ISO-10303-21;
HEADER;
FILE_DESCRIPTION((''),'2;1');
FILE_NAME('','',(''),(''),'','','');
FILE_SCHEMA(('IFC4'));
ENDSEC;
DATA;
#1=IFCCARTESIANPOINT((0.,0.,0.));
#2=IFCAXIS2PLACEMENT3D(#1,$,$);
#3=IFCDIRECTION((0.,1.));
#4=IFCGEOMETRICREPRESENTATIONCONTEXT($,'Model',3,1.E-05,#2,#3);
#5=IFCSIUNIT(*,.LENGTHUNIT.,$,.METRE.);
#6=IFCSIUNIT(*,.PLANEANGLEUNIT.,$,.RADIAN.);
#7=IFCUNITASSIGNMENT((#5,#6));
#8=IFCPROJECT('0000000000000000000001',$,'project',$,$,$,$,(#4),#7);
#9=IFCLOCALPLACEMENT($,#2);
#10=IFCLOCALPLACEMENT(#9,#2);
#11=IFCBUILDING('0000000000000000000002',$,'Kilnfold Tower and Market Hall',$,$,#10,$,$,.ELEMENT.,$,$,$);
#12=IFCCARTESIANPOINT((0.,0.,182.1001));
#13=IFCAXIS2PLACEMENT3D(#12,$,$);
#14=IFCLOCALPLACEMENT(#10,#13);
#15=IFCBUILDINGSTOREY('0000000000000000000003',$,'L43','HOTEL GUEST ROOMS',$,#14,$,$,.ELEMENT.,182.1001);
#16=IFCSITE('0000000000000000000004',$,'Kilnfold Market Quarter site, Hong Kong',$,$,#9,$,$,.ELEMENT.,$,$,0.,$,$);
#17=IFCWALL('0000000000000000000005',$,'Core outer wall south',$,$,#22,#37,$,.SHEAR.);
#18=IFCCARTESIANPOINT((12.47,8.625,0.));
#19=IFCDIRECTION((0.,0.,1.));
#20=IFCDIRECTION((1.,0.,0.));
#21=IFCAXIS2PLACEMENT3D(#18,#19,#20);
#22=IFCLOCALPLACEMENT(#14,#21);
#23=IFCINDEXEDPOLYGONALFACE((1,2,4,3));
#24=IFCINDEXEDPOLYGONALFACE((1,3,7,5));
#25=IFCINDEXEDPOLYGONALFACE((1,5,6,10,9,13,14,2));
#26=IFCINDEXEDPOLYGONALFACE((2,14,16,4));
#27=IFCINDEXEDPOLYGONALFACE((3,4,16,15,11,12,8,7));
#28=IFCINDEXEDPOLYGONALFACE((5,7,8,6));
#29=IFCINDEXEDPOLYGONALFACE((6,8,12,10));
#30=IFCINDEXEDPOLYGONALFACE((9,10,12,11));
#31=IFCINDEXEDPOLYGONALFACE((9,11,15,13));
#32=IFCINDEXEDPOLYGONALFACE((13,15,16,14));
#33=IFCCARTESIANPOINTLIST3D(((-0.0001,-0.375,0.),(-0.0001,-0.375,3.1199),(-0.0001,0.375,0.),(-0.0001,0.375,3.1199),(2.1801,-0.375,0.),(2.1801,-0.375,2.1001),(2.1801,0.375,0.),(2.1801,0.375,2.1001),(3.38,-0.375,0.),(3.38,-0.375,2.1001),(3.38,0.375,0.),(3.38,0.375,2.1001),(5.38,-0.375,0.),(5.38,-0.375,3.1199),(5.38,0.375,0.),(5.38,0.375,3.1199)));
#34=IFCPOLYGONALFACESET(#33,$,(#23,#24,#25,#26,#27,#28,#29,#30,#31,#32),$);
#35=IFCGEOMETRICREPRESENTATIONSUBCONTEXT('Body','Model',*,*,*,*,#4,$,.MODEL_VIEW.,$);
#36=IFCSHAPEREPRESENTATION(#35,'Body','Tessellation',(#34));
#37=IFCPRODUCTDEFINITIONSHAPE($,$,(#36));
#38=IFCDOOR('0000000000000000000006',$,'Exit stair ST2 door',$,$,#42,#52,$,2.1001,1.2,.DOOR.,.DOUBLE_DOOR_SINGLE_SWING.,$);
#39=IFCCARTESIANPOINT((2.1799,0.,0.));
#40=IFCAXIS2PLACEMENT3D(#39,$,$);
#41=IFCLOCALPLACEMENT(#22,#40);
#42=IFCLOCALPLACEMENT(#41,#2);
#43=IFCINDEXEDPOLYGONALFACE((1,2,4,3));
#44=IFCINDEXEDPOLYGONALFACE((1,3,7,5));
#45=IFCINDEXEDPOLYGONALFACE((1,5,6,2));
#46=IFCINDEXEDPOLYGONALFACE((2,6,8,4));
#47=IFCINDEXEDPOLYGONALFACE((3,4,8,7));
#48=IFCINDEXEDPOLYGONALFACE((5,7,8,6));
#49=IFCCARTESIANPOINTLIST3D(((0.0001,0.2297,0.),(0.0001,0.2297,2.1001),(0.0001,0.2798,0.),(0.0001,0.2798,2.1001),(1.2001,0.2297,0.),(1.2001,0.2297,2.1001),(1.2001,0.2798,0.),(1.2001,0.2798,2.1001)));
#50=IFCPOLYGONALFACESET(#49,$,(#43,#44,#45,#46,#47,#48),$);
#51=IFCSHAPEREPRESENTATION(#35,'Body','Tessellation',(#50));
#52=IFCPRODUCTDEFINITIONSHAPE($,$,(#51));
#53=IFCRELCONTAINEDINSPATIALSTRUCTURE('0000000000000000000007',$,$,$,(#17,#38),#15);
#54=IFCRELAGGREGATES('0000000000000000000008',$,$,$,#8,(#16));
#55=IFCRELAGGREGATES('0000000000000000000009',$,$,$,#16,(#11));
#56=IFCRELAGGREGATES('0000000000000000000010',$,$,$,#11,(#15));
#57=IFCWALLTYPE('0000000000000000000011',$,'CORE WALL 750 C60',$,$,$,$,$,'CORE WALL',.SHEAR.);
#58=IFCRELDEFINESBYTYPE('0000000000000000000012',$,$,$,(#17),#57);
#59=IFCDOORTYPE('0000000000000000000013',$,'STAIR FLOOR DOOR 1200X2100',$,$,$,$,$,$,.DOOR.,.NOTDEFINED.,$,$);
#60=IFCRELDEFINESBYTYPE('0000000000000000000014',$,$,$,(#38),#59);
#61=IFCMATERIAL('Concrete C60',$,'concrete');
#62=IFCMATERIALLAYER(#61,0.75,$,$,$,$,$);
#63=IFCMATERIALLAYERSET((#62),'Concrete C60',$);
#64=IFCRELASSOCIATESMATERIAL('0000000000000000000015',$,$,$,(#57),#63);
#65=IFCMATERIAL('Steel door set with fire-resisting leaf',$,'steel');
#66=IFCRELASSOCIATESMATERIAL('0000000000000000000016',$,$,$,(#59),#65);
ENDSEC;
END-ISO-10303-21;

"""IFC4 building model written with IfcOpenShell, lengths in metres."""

from ifc_helpers import new_model, si_unit, direction, frame, frame_2d, origin, place, context, subcontext, project, spatial, rectangle, extrude, source, transform, mapped, material, layer, layer_set, type_object, element, fill, save


model = new_model("IFC4")

# Units and contexts
model_context = context("Model", 3, precision=1e-05, world=origin(), true_north=direction((0.0, 1.0)))
body_context = subcontext(model_context, "Body", "Model", "MODEL_VIEW")
ifc_project = project(units=[si_unit("LENGTHUNIT", "METRE"), si_unit("PLANEANGLEUNIT", "RADIAN")], contexts=[model_context])

# Site, building, storey
site_placement = place(None, origin())
site = spatial("IfcSite", under=ifc_project, at=site_placement, Name="Kilnfold Market Quarter site, Hong Kong", CompositionType="ELEMENT", RefElevation=0.0)
building_placement = place(site_placement, origin())
building = spatial("IfcBuilding", under=site, at=building_placement, Name="Kilnfold Tower and Market Hall", CompositionType="ELEMENT")
storey_placement = place(building_placement, frame((0.0, 0.0, 182.1001)))
storey = spatial("IfcBuildingStorey", under=building, at=storey_placement, Name="L43", Description="HOTEL GUEST ROOMS", CompositionType="ELEMENT", Elevation=182.1001)

# Shared definitions
ifc_material_1 = material(Name="Concrete C60", Category="concrete")
ifc_layer_1 = layer(ifc_material_1, 0.75)
ifc_layer_set_1 = layer_set([ifc_layer_1], Name="Concrete C60")
wall_type_1 = type_object("IfcWallType", Name="CORE WALL 750 C60", ElementType="CORE WALL", PredefinedType="SHEAR", material=ifc_layer_set_1)

# Wall, opening, door
shared_shape_1 = source(origin(), body_context, "Body", "SweptSolid", [
    extrude(rectangle(XDim=5.3801, YDim=0.75, at=frame_2d((2.6899, 0.0))), origin(), (0.0, 0.0, 1.0), 3.1199),
])
wall_1_placement = place(storey_placement, frame((12.47, 8.625, 0.0), z_axis=(0.0, 0.0, 1.0), x_axis=(1.0, 0.0, 0.0)))
wall_1 = element("IfcWall", 1, at=wall_1_placement, inside=storey, type_object=wall_type_1, Name="Core outer wall south", PredefinedType="SHEAR", context=body_context, shape_type="MappedRepresentation", body=[
    mapped(shared_shape_1, transform((0.0, 0.0, 0.0))),
])
opening_1_placement = place(wall_1_placement, frame((2.1799, 0.0, 0.0)))
opening_1 = element("IfcOpeningElement", 2, at=opening_1_placement, cuts=wall_1, PredefinedType="OPENING", context=body_context, shape_type="SweptSolid", body=[
    extrude(rectangle(XDim=1.2, YDim=2.1001, at=frame_2d((0.6001, 1.05))), frame((0.0, 0.385, 0.0), z_axis=(0.0, -1.0, 0.0), x_axis=(1.0, 0.0, 0.0)), (0.0, 0.0, 1.0), 0.77),
])
ifc_material_2 = material(Name="Steel door set with fire-resisting leaf", Category="steel")
door_type_1 = type_object("IfcDoorType", Name="STAIR FLOOR DOOR 1200X2100", OperationType="NOTDEFINED", PredefinedType="DOOR", material=ifc_material_2)
door_1_placement = place(opening_1_placement, origin())
door_1 = element("IfcDoor", 3, at=door_1_placement, inside=storey, type_object=door_type_1, Name="Exit stair ST2 door", OperationType="DOUBLE_DOOR_SINGLE_SWING", OverallHeight=2.1001, OverallWidth=1.2, PredefinedType="DOOR", context=body_context, shape_type="SweptSolid", body=[
    extrude(rectangle(XDim=1.2, YDim=2.1001, at=frame_2d((0.6001, 1.05))), frame((0.0, 0.2798, 0.0), z_axis=(0.0, -1.0, 0.0), x_axis=(1.0, 0.0, 0.0)), (0.0, 0.0, 1.0), 0.05),
])
fill(opening_1, door_1)

save(model, "model.ifc")
